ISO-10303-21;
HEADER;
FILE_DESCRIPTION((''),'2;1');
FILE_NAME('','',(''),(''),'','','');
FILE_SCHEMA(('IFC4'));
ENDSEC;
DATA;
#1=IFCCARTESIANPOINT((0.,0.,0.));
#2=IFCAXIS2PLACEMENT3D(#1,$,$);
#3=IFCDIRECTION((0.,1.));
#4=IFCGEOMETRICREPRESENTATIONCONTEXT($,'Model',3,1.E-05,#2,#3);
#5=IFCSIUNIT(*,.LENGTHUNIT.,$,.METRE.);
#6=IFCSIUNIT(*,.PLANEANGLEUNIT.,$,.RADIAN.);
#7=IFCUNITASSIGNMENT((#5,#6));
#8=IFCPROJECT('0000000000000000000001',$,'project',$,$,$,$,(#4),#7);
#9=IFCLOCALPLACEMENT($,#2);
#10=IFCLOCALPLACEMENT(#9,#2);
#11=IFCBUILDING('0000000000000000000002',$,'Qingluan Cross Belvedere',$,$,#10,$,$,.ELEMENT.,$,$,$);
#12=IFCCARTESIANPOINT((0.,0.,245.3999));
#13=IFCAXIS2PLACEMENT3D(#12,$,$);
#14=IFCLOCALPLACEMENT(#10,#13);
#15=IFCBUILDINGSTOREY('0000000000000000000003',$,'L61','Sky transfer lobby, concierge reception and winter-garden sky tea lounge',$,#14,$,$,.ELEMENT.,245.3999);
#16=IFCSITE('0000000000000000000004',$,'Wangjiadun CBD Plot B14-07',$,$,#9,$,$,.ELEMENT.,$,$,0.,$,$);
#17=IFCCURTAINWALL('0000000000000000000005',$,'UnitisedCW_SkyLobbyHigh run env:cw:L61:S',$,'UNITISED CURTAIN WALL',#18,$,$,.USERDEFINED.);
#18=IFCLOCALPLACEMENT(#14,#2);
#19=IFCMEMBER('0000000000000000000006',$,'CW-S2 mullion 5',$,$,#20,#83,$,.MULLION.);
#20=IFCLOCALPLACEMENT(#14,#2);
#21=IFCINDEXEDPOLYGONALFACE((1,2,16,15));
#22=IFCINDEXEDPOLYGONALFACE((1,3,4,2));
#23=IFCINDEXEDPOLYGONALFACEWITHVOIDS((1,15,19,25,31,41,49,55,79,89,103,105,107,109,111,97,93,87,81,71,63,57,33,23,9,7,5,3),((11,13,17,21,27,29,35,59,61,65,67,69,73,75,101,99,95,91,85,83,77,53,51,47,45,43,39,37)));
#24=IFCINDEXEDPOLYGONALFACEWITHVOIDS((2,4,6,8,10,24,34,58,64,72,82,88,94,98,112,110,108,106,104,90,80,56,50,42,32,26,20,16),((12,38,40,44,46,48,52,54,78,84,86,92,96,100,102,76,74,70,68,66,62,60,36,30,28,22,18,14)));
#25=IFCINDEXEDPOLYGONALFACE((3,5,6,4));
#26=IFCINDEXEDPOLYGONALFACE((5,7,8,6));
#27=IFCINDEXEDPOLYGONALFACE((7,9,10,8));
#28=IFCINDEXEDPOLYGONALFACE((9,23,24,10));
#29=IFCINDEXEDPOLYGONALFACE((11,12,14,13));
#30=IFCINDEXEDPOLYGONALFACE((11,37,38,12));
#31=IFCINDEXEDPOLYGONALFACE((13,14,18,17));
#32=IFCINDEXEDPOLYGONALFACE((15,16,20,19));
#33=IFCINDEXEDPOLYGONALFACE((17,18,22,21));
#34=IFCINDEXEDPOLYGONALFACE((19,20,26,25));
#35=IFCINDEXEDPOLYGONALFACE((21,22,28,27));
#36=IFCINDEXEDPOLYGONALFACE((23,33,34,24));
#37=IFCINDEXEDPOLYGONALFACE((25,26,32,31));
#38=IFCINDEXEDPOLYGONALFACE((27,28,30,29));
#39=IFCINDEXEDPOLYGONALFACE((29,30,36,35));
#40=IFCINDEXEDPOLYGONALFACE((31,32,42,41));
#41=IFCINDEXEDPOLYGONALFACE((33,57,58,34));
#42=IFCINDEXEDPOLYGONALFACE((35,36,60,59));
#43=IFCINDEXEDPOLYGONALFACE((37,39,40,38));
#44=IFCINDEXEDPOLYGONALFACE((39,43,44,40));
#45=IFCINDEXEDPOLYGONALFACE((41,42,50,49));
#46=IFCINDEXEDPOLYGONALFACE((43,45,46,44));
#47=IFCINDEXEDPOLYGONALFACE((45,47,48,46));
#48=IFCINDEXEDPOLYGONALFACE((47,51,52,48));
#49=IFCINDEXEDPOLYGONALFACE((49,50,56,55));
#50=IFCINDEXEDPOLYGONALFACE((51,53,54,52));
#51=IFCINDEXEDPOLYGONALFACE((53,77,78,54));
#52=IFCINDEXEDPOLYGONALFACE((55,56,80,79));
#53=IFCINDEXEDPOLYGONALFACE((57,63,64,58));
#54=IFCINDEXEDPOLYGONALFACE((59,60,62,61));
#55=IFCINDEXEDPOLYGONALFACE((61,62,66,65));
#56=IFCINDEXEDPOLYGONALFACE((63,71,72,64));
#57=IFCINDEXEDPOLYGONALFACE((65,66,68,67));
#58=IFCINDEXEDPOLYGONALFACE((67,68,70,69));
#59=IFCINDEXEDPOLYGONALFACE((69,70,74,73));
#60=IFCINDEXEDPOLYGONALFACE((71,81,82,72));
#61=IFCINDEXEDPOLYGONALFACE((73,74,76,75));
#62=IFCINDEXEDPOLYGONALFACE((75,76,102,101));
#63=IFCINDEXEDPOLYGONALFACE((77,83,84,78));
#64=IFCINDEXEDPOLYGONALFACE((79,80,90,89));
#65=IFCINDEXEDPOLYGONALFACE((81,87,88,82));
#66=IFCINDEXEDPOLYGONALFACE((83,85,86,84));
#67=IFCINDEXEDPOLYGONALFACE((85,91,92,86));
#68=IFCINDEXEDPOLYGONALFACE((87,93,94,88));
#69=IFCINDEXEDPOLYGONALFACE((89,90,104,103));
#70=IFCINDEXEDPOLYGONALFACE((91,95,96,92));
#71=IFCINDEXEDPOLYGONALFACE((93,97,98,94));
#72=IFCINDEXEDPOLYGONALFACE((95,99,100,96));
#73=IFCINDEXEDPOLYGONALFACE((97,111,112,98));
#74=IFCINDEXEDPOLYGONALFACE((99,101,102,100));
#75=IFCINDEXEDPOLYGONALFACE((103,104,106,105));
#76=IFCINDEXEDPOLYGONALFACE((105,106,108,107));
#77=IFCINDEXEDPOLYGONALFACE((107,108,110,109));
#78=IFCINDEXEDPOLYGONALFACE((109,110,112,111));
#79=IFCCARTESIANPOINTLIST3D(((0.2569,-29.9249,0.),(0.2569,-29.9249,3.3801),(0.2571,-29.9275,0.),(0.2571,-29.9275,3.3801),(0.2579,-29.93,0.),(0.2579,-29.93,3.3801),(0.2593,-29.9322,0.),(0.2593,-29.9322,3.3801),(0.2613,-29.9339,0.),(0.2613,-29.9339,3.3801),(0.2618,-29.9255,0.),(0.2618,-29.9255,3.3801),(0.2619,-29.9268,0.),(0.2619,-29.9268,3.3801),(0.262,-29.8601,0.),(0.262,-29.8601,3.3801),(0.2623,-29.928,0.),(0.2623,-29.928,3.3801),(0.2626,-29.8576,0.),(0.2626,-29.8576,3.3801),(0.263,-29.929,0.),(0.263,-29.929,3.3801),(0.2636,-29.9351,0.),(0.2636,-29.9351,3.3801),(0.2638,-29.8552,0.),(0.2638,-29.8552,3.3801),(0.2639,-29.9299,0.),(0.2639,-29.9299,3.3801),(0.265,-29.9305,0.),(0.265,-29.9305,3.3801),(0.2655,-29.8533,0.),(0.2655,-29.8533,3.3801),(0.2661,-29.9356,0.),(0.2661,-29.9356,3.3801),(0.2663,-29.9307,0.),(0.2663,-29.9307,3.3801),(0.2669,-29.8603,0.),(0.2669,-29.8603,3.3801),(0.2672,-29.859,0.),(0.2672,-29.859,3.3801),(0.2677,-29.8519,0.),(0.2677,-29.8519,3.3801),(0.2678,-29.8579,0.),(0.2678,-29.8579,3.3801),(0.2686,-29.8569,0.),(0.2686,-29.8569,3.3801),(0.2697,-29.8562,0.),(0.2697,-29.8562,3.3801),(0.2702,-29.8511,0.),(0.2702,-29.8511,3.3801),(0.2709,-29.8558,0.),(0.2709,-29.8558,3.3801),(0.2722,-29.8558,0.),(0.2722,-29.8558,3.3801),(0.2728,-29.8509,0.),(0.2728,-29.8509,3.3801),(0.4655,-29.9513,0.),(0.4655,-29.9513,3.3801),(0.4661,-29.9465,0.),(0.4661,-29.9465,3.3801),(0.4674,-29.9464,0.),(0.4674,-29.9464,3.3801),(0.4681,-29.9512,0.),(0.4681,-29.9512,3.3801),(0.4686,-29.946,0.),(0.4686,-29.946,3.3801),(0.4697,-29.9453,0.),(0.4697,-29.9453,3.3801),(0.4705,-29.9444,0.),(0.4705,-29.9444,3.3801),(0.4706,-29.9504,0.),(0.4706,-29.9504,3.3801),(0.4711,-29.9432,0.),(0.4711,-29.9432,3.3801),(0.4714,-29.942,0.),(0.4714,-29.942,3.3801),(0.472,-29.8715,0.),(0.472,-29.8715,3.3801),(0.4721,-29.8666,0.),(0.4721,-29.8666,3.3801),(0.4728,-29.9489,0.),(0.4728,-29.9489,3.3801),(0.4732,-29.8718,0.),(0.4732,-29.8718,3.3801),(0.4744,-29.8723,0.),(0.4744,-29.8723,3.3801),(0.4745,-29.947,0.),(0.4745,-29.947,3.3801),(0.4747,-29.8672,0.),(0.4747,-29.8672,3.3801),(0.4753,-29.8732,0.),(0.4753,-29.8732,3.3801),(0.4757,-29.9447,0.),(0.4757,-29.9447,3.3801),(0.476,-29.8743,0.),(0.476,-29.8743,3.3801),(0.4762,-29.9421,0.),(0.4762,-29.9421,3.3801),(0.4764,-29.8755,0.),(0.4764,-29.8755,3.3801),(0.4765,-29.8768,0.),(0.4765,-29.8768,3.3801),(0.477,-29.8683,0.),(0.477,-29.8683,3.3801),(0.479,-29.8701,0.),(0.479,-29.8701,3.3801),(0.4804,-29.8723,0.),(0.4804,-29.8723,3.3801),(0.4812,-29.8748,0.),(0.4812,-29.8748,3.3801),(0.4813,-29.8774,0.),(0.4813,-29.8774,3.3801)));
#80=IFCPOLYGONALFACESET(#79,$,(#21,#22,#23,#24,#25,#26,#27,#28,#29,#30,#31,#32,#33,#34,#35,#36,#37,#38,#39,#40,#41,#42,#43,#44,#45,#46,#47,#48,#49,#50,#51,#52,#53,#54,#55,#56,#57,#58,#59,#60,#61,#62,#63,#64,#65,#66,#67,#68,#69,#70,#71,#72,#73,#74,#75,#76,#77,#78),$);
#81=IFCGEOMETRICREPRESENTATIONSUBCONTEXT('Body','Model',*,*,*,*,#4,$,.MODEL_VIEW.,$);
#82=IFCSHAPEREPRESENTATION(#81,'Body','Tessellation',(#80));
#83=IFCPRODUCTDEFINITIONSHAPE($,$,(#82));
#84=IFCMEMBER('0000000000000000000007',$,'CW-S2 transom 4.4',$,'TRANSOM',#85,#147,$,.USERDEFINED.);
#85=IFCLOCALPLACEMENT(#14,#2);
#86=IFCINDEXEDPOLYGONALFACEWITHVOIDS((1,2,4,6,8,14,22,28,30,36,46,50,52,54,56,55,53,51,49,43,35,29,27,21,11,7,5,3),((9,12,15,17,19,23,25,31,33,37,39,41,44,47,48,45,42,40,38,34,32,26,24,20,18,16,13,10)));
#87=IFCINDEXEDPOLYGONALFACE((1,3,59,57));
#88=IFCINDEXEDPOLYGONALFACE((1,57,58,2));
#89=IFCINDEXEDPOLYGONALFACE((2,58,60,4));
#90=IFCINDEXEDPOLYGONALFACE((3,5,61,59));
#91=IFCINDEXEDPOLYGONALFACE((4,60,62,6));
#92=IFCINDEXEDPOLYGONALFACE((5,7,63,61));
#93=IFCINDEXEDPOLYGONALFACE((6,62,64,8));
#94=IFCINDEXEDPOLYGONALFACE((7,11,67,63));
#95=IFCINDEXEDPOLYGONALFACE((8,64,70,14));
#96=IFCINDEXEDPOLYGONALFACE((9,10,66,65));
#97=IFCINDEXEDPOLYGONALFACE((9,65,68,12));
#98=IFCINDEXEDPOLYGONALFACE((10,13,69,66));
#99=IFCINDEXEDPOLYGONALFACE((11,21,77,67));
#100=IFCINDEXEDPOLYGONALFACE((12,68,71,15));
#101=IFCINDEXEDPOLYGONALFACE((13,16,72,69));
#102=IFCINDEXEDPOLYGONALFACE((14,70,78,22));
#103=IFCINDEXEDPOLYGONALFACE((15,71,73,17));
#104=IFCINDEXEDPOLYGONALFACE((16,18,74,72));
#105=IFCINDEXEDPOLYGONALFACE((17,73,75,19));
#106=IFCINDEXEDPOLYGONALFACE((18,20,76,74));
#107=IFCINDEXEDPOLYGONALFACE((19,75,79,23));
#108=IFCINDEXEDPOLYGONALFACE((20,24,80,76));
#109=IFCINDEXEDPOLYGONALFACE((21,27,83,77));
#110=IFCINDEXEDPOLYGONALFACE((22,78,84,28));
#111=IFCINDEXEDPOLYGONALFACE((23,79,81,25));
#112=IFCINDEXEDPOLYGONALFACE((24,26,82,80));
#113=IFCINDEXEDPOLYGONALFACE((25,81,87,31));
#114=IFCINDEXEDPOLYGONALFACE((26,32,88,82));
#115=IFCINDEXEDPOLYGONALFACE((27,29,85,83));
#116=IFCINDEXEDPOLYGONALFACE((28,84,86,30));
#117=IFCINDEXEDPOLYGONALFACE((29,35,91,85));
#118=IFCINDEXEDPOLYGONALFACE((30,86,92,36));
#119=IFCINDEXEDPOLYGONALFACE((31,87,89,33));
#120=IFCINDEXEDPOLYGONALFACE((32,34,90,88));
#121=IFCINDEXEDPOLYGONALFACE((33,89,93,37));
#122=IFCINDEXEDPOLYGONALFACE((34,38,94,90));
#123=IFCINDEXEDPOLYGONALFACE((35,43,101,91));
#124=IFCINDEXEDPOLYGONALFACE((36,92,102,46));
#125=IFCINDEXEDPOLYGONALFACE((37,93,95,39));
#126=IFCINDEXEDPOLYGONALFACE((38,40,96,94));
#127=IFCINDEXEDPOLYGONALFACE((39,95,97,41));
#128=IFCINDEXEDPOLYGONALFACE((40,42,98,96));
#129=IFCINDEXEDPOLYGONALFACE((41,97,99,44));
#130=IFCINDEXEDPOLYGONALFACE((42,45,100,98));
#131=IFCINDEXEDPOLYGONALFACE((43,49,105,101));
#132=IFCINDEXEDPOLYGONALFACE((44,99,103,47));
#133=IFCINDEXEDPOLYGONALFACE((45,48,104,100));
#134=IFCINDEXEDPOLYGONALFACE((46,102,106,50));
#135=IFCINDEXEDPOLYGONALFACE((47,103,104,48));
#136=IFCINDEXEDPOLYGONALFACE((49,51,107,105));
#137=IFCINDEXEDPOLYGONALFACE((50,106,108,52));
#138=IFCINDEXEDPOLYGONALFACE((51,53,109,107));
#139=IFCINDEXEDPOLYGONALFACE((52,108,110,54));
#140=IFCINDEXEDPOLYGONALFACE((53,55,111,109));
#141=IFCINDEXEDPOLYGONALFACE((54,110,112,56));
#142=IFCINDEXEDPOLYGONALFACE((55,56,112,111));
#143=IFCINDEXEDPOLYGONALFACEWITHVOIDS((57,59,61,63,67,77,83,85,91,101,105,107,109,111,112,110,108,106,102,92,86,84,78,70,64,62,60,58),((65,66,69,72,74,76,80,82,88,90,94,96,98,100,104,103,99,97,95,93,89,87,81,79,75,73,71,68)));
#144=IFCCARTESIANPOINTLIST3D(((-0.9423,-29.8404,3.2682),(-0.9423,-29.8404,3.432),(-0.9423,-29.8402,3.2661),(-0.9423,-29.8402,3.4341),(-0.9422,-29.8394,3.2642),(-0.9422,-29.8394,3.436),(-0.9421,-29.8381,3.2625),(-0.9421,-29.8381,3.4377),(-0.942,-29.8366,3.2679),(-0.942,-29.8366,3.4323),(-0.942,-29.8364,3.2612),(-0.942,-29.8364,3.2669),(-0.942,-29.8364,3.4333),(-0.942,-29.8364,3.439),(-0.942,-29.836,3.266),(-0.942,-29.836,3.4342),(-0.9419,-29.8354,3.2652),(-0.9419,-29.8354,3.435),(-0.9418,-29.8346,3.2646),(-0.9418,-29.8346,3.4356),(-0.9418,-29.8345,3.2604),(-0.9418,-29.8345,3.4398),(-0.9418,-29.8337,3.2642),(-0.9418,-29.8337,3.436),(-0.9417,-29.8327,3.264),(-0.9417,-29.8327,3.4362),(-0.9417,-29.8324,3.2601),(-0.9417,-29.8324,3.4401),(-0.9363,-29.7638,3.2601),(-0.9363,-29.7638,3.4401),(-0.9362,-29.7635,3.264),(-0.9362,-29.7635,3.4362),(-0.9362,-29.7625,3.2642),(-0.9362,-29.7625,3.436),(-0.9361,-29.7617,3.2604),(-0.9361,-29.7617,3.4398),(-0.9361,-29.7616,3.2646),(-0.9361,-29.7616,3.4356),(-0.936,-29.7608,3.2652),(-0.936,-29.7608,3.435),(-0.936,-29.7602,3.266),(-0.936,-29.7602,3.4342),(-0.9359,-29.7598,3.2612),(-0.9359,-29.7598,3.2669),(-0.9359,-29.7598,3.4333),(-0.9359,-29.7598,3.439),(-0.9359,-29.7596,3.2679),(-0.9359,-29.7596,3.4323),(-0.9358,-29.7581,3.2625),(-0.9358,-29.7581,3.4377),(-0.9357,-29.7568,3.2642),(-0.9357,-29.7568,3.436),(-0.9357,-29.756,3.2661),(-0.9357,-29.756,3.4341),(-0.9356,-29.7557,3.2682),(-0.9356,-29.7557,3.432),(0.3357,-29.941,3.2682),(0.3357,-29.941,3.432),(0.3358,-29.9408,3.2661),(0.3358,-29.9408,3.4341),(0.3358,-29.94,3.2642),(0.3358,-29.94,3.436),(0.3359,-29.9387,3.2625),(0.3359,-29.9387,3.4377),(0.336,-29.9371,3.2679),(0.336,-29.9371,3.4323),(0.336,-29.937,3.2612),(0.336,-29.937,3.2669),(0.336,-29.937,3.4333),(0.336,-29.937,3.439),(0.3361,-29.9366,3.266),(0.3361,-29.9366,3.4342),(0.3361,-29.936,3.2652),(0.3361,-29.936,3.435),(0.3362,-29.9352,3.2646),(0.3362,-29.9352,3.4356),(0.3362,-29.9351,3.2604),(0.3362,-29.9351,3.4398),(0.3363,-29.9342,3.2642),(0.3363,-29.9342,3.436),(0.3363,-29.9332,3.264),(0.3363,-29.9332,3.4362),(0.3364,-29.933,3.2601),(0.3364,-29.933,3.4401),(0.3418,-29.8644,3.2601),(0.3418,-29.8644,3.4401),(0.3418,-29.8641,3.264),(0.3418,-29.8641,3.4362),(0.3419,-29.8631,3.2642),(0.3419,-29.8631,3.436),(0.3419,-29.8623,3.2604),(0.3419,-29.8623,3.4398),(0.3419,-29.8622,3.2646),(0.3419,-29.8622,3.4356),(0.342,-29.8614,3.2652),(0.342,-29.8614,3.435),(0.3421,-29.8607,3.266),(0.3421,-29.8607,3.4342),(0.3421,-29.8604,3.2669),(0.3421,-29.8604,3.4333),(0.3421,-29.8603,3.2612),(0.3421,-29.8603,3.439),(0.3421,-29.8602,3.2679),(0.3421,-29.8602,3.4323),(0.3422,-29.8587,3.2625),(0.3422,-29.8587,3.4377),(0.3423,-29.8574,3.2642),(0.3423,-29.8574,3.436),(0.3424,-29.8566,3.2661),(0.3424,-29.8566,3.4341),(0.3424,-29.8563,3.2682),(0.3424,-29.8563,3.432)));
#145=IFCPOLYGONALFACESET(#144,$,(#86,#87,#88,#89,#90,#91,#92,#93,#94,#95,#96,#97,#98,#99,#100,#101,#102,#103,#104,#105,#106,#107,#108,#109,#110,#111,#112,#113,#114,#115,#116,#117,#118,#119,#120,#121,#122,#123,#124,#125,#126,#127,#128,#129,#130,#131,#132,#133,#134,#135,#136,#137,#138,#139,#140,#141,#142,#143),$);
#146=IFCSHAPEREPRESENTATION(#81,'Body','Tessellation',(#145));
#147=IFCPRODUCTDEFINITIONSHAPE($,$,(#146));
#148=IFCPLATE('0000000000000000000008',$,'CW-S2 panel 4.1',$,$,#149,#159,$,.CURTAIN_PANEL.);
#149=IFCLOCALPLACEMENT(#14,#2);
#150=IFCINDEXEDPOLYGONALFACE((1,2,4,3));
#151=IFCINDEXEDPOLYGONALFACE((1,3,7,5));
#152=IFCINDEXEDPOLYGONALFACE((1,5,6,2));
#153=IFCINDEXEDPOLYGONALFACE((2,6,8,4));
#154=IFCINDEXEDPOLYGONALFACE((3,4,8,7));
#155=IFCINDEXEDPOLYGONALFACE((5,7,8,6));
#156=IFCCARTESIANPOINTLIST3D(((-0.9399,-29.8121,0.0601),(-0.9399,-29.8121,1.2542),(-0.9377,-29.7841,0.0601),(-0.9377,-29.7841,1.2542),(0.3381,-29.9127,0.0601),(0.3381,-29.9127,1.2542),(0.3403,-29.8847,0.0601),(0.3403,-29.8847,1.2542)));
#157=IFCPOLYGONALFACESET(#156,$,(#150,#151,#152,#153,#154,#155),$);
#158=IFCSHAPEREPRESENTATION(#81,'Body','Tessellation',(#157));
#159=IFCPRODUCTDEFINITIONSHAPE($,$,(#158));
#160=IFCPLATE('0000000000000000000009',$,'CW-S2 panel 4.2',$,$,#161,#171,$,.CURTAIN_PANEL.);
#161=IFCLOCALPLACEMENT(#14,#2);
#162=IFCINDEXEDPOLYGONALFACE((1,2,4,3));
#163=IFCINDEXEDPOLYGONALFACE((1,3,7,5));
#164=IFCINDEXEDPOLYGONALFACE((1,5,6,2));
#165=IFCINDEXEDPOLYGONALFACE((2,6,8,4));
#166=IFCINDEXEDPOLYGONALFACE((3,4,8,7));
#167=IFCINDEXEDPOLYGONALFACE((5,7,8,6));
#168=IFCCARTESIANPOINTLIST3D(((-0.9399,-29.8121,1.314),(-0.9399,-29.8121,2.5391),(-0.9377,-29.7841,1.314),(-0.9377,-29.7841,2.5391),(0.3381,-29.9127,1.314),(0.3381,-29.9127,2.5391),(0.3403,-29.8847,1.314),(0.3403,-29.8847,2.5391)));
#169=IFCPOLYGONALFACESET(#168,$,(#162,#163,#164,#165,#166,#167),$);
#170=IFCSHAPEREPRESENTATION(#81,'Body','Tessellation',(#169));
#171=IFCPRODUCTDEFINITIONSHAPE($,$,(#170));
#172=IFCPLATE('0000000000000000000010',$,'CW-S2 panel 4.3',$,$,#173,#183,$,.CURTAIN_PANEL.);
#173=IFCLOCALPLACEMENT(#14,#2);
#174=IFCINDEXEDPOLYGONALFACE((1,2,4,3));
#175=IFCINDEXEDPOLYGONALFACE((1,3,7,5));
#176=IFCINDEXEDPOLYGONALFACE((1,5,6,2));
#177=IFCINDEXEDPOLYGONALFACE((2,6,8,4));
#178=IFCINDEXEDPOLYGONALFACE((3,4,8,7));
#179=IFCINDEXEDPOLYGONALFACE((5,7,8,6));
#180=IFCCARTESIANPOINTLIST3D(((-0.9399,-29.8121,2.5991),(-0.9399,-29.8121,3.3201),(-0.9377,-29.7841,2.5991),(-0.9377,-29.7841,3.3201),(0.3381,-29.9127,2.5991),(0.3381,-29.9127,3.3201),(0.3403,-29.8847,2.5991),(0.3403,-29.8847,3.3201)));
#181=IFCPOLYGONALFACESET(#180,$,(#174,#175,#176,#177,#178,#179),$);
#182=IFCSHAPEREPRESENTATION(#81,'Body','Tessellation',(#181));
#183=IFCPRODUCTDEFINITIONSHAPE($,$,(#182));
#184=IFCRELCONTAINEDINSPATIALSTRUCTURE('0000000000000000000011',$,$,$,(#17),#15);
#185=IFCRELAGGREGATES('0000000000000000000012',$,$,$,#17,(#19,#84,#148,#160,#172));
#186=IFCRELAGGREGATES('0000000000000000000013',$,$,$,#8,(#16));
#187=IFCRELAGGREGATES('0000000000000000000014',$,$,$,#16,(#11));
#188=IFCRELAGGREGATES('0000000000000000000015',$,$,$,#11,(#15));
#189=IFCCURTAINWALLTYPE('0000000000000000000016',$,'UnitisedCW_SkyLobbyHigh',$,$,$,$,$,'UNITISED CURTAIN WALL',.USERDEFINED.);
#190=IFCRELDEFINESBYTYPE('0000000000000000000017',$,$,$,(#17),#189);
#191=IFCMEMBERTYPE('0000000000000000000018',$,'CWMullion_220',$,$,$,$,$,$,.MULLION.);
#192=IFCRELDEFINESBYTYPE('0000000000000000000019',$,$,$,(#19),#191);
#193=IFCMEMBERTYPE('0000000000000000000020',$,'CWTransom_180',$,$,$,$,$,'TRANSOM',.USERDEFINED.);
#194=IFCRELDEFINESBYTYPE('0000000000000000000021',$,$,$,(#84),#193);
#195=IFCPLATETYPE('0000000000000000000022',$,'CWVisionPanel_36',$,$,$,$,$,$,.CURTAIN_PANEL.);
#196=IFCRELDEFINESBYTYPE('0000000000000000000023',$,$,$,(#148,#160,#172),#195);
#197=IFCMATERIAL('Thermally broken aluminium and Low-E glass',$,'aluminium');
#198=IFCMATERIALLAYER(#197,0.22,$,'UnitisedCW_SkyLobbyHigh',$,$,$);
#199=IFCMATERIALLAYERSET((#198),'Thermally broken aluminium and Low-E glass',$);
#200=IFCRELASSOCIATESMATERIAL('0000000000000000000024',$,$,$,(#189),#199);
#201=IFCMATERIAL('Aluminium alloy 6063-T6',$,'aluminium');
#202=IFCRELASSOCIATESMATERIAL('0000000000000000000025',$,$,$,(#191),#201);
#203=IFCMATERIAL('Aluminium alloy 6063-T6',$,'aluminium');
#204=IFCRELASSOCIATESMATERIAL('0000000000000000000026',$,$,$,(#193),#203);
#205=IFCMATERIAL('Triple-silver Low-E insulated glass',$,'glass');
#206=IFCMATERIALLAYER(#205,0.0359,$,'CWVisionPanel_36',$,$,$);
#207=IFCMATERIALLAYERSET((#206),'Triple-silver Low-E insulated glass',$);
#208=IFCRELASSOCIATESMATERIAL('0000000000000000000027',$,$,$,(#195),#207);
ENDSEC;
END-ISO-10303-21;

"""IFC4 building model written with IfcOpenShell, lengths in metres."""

from ifc_helpers import new_model, si_unit, direction, frame, origin, origin_2d, place, context, subcontext, project, spatial, rectangle, hollow_rectangle, extrude, material, layer, layer_set, material_profile, profile_set, type_object, element, aggregate, save


model = new_model("IFC4")

# Units and contexts
model_context = context("Model", 3, precision=1e-05, world=origin(), true_north=direction((0.0, 1.0)))
body_context = subcontext(model_context, "Body", "Model", "MODEL_VIEW")
ifc_project = project(units=[si_unit("LENGTHUNIT", "METRE"), si_unit("PLANEANGLEUNIT", "RADIAN")], contexts=[model_context])

# Site, building, storey
site_placement = place(None, origin())
site = spatial("IfcSite", under=ifc_project, at=site_placement, Name="Wangjiadun CBD Plot B14-07", CompositionType="ELEMENT", RefElevation=0.0)
building_placement = place(site_placement, origin())
building = spatial("IfcBuilding", under=site, at=building_placement, Name="Qingluan Cross Belvedere", CompositionType="ELEMENT")
storey_placement = place(building_placement, frame((0.0, 0.0, 245.3999)))
storey = spatial("IfcBuildingStorey", under=building, at=storey_placement, Name="L61", Description="Sky transfer lobby, concierge reception and winter-garden sky tea lounge", CompositionType="ELEMENT", Elevation=245.3999)

# Curtain wall, members, plates
ifc_material_1 = material(Name="Thermally broken aluminium and Low-E glass", Category="aluminium")
ifc_layer_1 = layer(ifc_material_1, 0.22, Name="UnitisedCW_SkyLobbyHigh")
ifc_layer_set_1 = layer_set([ifc_layer_1], Name="Thermally broken aluminium and Low-E glass")
curtain_wall_type = type_object("IfcCurtainWallType", Name="UnitisedCW_SkyLobbyHigh", ElementType="UNITISED CURTAIN WALL", PredefinedType="USERDEFINED", material=ifc_layer_set_1)
curtain_wall_placement = place(storey_placement, origin())
curtain_wall = element("IfcCurtainWall", 1, at=curtain_wall_placement, inside=storey, type_object=curtain_wall_type, Name="UnitisedCW_SkyLobbyHigh run env:cw:L61:S", ObjectType="UNITISED CURTAIN WALL", PredefinedType="USERDEFINED")
ifc_material_2 = material(Name="Aluminium alloy 6063-T6", Category="aluminium")
ifc_material_profile_1 = material_profile(ifc_material_2, hollow_rectangle(XDim=0.085, YDim=0.22, WallThickness=0.0049, InnerFilletRadius=0.0049, OuterFilletRadius=0.01, at=origin_2d()), Name="CWM220x85x5")
ifc_profile_set_1 = profile_set([ifc_material_profile_1], Name="Aluminium alloy 6063-T6")
member_type_1 = type_object("IfcMemberType", Name="CWMullion_220", PredefinedType="MULLION", material=ifc_profile_set_1)
member_1_placement = place(storey_placement, frame((0.3691, -29.9011, 0.0), z_axis=(0.0, 0.0, 1.0), x_axis=(0.078462, 0.996917, 0.0)))
member_1 = element("IfcMember", 2, at=member_1_placement, type_object=member_type_1, Name="CW-S2 mullion 5", PredefinedType="MULLION", context=body_context, shape_type="SweptSolid", body=[
    extrude(hollow_rectangle(XDim=0.085, YDim=0.22, WallThickness=0.0049, InnerFilletRadius=0.0049, OuterFilletRadius=0.01, at=origin_2d()), origin(), (0.0, 0.0, 1.0), 3.3801),
])
ifc_material_3 = material(Name="Aluminium alloy 6063-T6", Category="aluminium")
ifc_material_profile_2 = material_profile(ifc_material_3, hollow_rectangle(XDim=0.085, YDim=0.1799, WallThickness=0.0039, InnerFilletRadius=0.0039, OuterFilletRadius=0.0081, at=origin_2d()), Name="CWT180x85x4")
ifc_profile_set_2 = profile_set([ifc_material_profile_2], Name="Aluminium alloy 6063-T6")
member_type_2 = type_object("IfcMemberType", Name="CWTransom_180", ElementType="TRANSOM", PredefinedType="USERDEFINED", material=ifc_profile_set_2)
member_2_placement = place(storey_placement, frame((-0.939, -29.7981, 3.3501), z_axis=(0.996917, -0.078458, 0.0), x_axis=(0.078458, 0.996917, 0.0)))
member_2 = element("IfcMember", 3, at=member_2_placement, type_object=member_type_2, Name="CW-S2 transom 4.4", ObjectType="TRANSOM", PredefinedType="USERDEFINED", context=body_context, shape_type="SweptSolid", body=[
    extrude(hollow_rectangle(XDim=0.085, YDim=0.1799, WallThickness=0.0039, InnerFilletRadius=0.0039, OuterFilletRadius=0.0081, at=origin_2d()), origin(), (0.0, 0.0, 1.0), 1.282),
])
ifc_material_4 = material(Name="Triple-silver Low-E insulated glass", Category="glass")
ifc_layer_2 = layer(ifc_material_4, 0.0359, Name="CWVisionPanel_36")
ifc_layer_set_2 = layer_set([ifc_layer_2], Name="Triple-silver Low-E insulated glass")
plate_type = type_object("IfcPlateType", Name="CWVisionPanel_36", PredefinedType="CURTAIN_PANEL", material=ifc_layer_set_2)
plate_1_placement = place(storey_placement, frame((-0.2998, -29.8484, 0.0601), z_axis=(0.0, 0.0, 1.0), x_axis=(0.996917, -0.078462, 0.0)))
plate_1 = element("IfcPlate", 4, at=plate_1_placement, type_object=plate_type, Name="CW-S2 panel 4.1", PredefinedType="CURTAIN_PANEL", context=body_context, shape_type="SweptSolid", body=[
    extrude(rectangle(XDim=1.282, YDim=0.0281, at=origin_2d()), origin(), (0.0, 0.0, 1.0), 1.1941),
])
plate_2_placement = place(storey_placement, frame((-0.2998, -29.8484, 1.314), z_axis=(0.0, 0.0, 1.0), x_axis=(0.996917, -0.078462, 0.0)))
plate_2 = element("IfcPlate", 5, at=plate_2_placement, type_object=plate_type, Name="CW-S2 panel 4.2", PredefinedType="CURTAIN_PANEL", context=body_context, shape_type="SweptSolid", body=[
    extrude(rectangle(XDim=1.282, YDim=0.0281, at=origin_2d()), origin(), (0.0, 0.0, 1.0), 1.2251),
])
plate_3_placement = place(storey_placement, frame((-0.2998, -29.8484, 2.5991), z_axis=(0.0, 0.0, 1.0), x_axis=(0.996917, -0.078462, 0.0)))
plate_3 = element("IfcPlate", 6, at=plate_3_placement, type_object=plate_type, Name="CW-S2 panel 4.3", PredefinedType="CURTAIN_PANEL", context=body_context, shape_type="SweptSolid", body=[
    extrude(rectangle(XDim=1.282, YDim=0.0281, at=origin_2d()), origin(), (0.0, 0.0, 1.0), 0.7209),
])
aggregate(curtain_wall, [member_1, member_2, plate_1, plate_2, plate_3])

save(model, "model.ifc")
